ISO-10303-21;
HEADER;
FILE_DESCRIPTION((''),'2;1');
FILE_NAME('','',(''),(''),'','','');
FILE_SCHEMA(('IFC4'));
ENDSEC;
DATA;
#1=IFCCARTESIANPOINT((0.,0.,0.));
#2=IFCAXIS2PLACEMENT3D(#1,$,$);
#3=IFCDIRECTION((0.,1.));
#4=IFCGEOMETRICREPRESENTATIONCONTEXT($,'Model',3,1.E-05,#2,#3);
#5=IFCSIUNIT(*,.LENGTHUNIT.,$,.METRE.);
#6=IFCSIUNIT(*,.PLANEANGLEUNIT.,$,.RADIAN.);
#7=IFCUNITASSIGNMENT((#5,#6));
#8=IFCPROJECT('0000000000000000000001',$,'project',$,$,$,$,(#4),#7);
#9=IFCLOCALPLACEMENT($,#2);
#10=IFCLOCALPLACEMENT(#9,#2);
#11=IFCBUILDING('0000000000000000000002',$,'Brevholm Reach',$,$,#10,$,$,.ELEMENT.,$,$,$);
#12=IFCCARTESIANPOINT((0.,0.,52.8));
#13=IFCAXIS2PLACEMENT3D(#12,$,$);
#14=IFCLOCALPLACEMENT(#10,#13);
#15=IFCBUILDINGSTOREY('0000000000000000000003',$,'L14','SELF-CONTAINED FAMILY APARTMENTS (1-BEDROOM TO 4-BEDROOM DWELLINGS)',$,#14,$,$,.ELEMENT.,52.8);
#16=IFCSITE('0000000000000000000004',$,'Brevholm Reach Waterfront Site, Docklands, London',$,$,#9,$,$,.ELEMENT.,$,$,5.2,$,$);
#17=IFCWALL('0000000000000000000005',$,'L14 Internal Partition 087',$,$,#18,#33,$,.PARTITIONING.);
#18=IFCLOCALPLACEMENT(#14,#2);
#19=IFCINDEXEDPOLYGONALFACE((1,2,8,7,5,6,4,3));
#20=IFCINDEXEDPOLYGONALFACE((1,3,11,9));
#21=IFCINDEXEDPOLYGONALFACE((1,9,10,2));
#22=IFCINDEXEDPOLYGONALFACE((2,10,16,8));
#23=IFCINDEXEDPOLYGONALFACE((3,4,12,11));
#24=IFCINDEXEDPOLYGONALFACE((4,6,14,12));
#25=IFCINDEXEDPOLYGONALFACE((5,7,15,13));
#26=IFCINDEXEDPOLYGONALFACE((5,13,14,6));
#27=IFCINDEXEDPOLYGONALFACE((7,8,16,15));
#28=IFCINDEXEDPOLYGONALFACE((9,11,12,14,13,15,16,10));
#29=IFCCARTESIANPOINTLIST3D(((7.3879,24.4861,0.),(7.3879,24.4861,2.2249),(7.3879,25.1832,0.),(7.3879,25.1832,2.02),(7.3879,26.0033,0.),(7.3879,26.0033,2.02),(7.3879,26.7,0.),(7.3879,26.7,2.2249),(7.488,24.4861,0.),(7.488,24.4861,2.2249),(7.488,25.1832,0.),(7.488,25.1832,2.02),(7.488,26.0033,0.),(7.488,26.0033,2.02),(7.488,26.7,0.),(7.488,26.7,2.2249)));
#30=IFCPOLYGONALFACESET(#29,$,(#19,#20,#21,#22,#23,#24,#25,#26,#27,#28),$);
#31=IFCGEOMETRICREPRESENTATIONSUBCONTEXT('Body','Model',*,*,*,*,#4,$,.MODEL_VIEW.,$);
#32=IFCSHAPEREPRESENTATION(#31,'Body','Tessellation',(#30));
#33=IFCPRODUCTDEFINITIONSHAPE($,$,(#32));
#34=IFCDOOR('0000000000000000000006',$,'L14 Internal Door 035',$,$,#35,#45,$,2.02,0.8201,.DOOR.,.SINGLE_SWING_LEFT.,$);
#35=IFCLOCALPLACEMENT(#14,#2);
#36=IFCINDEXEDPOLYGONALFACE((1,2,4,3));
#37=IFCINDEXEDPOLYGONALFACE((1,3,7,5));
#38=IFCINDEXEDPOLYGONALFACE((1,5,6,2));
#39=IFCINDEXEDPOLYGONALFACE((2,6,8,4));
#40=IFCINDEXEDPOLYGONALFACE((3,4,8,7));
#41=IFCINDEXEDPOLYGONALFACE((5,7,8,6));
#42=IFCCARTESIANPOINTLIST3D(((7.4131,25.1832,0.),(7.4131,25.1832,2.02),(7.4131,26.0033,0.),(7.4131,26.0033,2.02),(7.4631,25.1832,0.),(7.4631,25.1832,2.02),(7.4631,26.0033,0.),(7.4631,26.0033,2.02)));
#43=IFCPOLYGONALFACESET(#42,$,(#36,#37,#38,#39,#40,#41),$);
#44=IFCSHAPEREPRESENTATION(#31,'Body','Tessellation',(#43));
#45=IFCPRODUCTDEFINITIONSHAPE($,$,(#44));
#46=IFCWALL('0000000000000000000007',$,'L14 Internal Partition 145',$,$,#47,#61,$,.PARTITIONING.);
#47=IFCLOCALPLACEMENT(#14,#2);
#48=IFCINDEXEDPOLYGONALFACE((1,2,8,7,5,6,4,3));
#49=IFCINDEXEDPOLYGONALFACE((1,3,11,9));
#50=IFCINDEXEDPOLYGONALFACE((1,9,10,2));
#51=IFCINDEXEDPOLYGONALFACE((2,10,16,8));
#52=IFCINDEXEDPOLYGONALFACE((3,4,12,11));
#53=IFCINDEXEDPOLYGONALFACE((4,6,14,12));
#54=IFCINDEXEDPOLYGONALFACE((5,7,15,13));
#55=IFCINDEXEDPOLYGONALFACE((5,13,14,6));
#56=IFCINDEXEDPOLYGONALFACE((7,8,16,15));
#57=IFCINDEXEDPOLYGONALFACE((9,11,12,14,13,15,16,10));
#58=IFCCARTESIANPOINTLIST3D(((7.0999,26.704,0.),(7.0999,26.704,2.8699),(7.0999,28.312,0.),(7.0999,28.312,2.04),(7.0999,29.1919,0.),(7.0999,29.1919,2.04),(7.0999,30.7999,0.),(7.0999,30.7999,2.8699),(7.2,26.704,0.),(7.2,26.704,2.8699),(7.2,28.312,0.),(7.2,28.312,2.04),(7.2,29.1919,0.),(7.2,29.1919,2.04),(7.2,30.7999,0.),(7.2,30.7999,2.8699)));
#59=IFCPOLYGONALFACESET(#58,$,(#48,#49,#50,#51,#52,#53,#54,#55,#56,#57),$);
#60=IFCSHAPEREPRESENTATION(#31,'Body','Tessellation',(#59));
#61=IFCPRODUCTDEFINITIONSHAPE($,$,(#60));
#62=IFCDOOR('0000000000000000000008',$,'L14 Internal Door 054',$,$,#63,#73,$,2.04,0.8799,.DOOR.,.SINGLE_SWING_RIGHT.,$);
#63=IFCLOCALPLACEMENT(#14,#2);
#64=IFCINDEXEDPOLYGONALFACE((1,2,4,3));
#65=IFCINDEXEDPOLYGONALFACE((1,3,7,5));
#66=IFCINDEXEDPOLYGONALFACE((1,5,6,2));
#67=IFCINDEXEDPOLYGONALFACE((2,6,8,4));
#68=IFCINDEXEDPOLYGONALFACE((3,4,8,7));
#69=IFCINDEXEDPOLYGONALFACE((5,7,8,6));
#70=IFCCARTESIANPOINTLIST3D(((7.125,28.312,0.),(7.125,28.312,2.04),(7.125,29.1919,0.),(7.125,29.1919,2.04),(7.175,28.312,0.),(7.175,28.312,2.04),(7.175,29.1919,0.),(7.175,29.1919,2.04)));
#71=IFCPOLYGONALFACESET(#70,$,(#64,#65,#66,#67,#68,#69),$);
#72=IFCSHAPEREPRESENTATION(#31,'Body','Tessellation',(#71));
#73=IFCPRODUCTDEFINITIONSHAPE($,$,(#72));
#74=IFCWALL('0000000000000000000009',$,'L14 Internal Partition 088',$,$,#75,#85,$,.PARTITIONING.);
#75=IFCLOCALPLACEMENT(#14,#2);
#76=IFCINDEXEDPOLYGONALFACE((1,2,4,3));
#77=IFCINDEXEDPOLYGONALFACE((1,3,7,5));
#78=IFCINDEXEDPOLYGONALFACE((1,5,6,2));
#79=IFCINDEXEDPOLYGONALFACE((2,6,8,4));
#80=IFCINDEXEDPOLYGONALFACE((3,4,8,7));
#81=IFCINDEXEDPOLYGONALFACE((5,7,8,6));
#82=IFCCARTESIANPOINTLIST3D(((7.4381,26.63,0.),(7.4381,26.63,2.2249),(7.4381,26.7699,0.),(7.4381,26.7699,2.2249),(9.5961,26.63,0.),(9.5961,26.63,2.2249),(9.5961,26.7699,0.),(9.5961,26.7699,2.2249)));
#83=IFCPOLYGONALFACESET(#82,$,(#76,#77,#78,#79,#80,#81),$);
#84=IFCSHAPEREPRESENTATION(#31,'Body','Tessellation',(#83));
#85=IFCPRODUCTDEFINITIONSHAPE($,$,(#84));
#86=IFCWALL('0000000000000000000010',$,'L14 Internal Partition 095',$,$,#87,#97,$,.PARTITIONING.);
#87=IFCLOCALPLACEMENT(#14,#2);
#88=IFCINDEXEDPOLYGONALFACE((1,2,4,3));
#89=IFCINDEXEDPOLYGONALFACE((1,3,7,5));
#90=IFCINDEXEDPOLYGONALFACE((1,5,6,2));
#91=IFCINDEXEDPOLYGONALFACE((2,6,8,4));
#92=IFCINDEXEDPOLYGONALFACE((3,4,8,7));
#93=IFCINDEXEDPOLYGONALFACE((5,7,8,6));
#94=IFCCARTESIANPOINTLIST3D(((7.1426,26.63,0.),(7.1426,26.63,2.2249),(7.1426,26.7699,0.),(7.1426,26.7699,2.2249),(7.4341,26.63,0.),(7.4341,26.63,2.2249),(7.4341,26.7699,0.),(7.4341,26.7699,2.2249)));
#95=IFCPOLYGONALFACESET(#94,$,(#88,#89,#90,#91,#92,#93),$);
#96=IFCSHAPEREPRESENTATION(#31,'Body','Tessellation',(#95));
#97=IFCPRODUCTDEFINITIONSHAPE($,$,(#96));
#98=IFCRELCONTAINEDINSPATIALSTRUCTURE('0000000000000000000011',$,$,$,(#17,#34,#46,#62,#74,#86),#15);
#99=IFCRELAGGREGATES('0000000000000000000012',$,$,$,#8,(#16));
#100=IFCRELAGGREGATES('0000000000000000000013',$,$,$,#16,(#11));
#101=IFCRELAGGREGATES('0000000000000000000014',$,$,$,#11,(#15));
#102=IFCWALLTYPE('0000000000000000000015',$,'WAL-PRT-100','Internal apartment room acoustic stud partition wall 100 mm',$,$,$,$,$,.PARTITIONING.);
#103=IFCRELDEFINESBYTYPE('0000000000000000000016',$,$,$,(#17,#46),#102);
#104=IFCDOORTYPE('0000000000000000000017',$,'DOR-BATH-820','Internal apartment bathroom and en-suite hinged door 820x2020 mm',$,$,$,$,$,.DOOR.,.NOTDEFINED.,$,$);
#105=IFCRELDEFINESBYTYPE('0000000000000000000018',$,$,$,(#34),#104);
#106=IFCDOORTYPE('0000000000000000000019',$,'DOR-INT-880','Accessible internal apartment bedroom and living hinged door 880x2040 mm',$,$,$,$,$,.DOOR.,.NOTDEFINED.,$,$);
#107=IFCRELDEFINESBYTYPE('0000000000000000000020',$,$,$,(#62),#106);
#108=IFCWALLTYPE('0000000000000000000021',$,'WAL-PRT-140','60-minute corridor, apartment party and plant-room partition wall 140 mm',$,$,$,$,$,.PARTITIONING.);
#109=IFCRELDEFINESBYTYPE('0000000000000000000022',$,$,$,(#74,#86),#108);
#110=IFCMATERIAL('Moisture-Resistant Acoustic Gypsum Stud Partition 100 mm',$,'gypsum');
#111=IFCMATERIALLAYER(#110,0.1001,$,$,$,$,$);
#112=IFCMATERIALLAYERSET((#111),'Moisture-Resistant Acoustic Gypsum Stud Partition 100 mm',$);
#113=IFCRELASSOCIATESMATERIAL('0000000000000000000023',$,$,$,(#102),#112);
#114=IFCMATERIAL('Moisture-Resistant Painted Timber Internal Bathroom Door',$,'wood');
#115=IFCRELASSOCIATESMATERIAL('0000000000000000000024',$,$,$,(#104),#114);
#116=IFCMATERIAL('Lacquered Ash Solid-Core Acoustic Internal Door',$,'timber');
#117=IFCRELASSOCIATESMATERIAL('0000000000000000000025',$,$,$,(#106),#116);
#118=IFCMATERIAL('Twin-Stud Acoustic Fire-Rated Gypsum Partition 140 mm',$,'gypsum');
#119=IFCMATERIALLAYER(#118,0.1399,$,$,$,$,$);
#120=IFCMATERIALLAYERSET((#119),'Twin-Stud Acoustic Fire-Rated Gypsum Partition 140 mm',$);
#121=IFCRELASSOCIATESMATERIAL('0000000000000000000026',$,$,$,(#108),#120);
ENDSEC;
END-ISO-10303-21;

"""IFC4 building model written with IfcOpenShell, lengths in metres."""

from ifc_helpers import new_model, si_unit, direction, frame, frame_2d, origin, place, context, subcontext, project, spatial, rectangle, extrude, material, layer, layer_set, type_object, element, fill, save


model = new_model("IFC4")

# Units and contexts
model_context = context("Model", 3, precision=1e-05, world=origin(), true_north=direction((0.0, 1.0)))
body_context = subcontext(model_context, "Body", "Model", "MODEL_VIEW")
ifc_project = project(units=[si_unit("LENGTHUNIT", "METRE"), si_unit("PLANEANGLEUNIT", "RADIAN")], contexts=[model_context])

# Site, building, storey
site_placement = place(None, origin())
site = spatial("IfcSite", under=ifc_project, at=site_placement, Name="Brevholm Reach Waterfront Site, Docklands, London", CompositionType="ELEMENT", RefElevation=5.2)
building_placement = place(site_placement, origin())
building = spatial("IfcBuilding", under=site, at=building_placement, Name="Brevholm Reach", CompositionType="ELEMENT")
storey_placement = place(building_placement, frame((0.0, 0.0, 52.8)))
storey = spatial("IfcBuildingStorey", under=building, at=storey_placement, Name="L14", Description="SELF-CONTAINED FAMILY APARTMENTS (1-BEDROOM TO 4-BEDROOM DWELLINGS)", CompositionType="ELEMENT", Elevation=52.8)

# Shared definitions
ifc_material_1 = material(Name="Moisture-Resistant Acoustic Gypsum Stud Partition 100 mm", Category="gypsum")
ifc_layer_1 = layer(ifc_material_1, 0.1001)
ifc_layer_set_1 = layer_set([ifc_layer_1], Name="Moisture-Resistant Acoustic Gypsum Stud Partition 100 mm")
wall_type_1 = type_object("IfcWallType", Name="WAL-PRT-100", Description="Internal apartment room acoustic stud partition wall 100 mm", PredefinedType="PARTITIONING", material=ifc_layer_set_1)

# Walls, openings, doors
wall_1_placement = place(storey_placement, frame((7.438, 24.4861, 0.0), z_axis=(0.0, 0.0, 1.0), x_axis=(0.0, 1.0, 0.0)))
wall_1 = element("IfcWall", 1, at=wall_1_placement, inside=storey, type_object=wall_type_1, Name="L14 Internal Partition 087", PredefinedType="PARTITIONING", context=body_context, shape_type="SweptSolid", body=[
    extrude(rectangle(XDim=2.2139, YDim=0.1001, at=frame_2d((1.1069, 0.0))), origin(), (0.0, 0.0, 1.0), 2.2249),
])
opening_1_placement = place(wall_1_placement, frame((0.697, 0.0, 0.0)))
opening_1 = element("IfcOpeningElement", 2, at=opening_1_placement, cuts=wall_1, PredefinedType="OPENING", context=body_context, shape_type="SweptSolid", body=[
    extrude(rectangle(XDim=0.8201, YDim=2.02, at=frame_2d((0.4102, 1.01))), frame((0.0, 0.0601, 0.0), z_axis=(0.0, -1.0, 0.0), x_axis=(1.0, 0.0, 0.0)), (0.0, 0.0, 1.0), 0.1201),
])
ifc_material_2 = material(Name="Moisture-Resistant Painted Timber Internal Bathroom Door", Category="wood")
door_type_1 = type_object("IfcDoorType", Name="DOR-BATH-820", Description="Internal apartment bathroom and en-suite hinged door 820x2020 mm", OperationType="NOTDEFINED", PredefinedType="DOOR", material=ifc_material_2)
door_1_placement = place(opening_1_placement, origin())
door_1 = element("IfcDoor", 3, at=door_1_placement, inside=storey, type_object=door_type_1, Name="L14 Internal Door 035", OperationType="SINGLE_SWING_LEFT", OverallHeight=2.02, OverallWidth=0.8201, PredefinedType="DOOR", context=body_context, shape_type="SweptSolid", body=[
    extrude(rectangle(XDim=0.8201, YDim=2.02, at=frame_2d((0.4102, 1.01))), frame((0.0, 0.0249, 0.0), z_axis=(0.0, -1.0, 0.0), x_axis=(1.0, 0.0, 0.0)), (0.0, 0.0, 1.0), 0.05),
])
fill(opening_1, door_1)
wall_2_placement = place(storey_placement, frame((7.1499, 26.7041, 0.0), z_axis=(0.0, 0.0, 1.0), x_axis=(0.0, 1.0, 0.0)))
wall_2 = element("IfcWall", 4, at=wall_2_placement, inside=storey, type_object=wall_type_1, Name="L14 Internal Partition 145", PredefinedType="PARTITIONING", context=body_context, shape_type="SweptSolid", body=[
    extrude(rectangle(XDim=4.0959, YDim=0.1001, at=frame_2d((2.0479, 0.0))), origin(), (0.0, 0.0, 1.0), 2.8699),
])
opening_2_placement = place(wall_2_placement, frame((1.6079, 0.0, 0.0)))
opening_2 = element("IfcOpeningElement", 5, at=opening_2_placement, cuts=wall_2, PredefinedType="OPENING", context=body_context, shape_type="SweptSolid", body=[
    extrude(rectangle(XDim=0.8799, YDim=2.04, at=frame_2d((0.4399, 1.02))), frame((0.0, 0.0601, 0.0), z_axis=(0.0, -1.0, 0.0), x_axis=(1.0, 0.0, 0.0)), (0.0, 0.0, 1.0), 0.1201),
])
ifc_material_3 = material(Name="Lacquered Ash Solid-Core Acoustic Internal Door", Category="timber")
door_type_2 = type_object("IfcDoorType", Name="DOR-INT-880", Description="Accessible internal apartment bedroom and living hinged door 880x2040 mm", OperationType="NOTDEFINED", PredefinedType="DOOR", material=ifc_material_3)
door_2_placement = place(opening_2_placement, origin())
door_2 = element("IfcDoor", 6, at=door_2_placement, inside=storey, type_object=door_type_2, Name="L14 Internal Door 054", OperationType="SINGLE_SWING_RIGHT", OverallHeight=2.04, OverallWidth=0.8799, PredefinedType="DOOR", context=body_context, shape_type="SweptSolid", body=[
    extrude(rectangle(XDim=0.8799, YDim=2.04, at=frame_2d((0.4399, 1.02))), frame((0.0, 0.0249, 0.0), z_axis=(0.0, -1.0, 0.0), x_axis=(1.0, 0.0, 0.0)), (0.0, 0.0, 1.0), 0.05),
])
fill(opening_2, door_2)

# Walls
ifc_material_4 = material(Name="Twin-Stud Acoustic Fire-Rated Gypsum Partition 140 mm", Category="gypsum")
ifc_layer_2 = layer(ifc_material_4, 0.1399)
ifc_layer_set_2 = layer_set([ifc_layer_2], Name="Twin-Stud Acoustic Fire-Rated Gypsum Partition 140 mm")
wall_type_2 = type_object("IfcWallType", Name="WAL-PRT-140", Description="60-minute corridor, apartment party and plant-room partition wall 140 mm", PredefinedType="PARTITIONING", material=ifc_layer_set_2)
wall_3_placement = place(storey_placement, frame((7.438, 26.7, 0.0), z_axis=(0.0, 0.0, 1.0), x_axis=(1.0, 0.0, 0.0)))
element("IfcWall", 7, at=wall_3_placement, inside=storey, type_object=wall_type_2, Name="L14 Internal Partition 088", PredefinedType="PARTITIONING", context=body_context, shape_type="SweptSolid", body=[
    extrude(rectangle(XDim=2.158, YDim=0.1399, at=frame_2d((1.0791, 0.0))), origin(), (0.0, 0.0, 1.0), 2.2249),
])
wall_4_placement = place(storey_placement, frame((7.1426, 26.7, 0.0), z_axis=(0.0, 0.0, 1.0), x_axis=(1.0, 0.0, 0.0)))
element("IfcWall", 8, at=wall_4_placement, inside=storey, type_object=wall_type_2, Name="L14 Internal Partition 095", PredefinedType="PARTITIONING", context=body_context, shape_type="SweptSolid", body=[
    extrude(rectangle(XDim=0.2915, YDim=0.1399, at=frame_2d((0.1458, 0.0))), origin(), (0.0, 0.0, 1.0), 2.2249),
])

save(model, "model.ifc")
